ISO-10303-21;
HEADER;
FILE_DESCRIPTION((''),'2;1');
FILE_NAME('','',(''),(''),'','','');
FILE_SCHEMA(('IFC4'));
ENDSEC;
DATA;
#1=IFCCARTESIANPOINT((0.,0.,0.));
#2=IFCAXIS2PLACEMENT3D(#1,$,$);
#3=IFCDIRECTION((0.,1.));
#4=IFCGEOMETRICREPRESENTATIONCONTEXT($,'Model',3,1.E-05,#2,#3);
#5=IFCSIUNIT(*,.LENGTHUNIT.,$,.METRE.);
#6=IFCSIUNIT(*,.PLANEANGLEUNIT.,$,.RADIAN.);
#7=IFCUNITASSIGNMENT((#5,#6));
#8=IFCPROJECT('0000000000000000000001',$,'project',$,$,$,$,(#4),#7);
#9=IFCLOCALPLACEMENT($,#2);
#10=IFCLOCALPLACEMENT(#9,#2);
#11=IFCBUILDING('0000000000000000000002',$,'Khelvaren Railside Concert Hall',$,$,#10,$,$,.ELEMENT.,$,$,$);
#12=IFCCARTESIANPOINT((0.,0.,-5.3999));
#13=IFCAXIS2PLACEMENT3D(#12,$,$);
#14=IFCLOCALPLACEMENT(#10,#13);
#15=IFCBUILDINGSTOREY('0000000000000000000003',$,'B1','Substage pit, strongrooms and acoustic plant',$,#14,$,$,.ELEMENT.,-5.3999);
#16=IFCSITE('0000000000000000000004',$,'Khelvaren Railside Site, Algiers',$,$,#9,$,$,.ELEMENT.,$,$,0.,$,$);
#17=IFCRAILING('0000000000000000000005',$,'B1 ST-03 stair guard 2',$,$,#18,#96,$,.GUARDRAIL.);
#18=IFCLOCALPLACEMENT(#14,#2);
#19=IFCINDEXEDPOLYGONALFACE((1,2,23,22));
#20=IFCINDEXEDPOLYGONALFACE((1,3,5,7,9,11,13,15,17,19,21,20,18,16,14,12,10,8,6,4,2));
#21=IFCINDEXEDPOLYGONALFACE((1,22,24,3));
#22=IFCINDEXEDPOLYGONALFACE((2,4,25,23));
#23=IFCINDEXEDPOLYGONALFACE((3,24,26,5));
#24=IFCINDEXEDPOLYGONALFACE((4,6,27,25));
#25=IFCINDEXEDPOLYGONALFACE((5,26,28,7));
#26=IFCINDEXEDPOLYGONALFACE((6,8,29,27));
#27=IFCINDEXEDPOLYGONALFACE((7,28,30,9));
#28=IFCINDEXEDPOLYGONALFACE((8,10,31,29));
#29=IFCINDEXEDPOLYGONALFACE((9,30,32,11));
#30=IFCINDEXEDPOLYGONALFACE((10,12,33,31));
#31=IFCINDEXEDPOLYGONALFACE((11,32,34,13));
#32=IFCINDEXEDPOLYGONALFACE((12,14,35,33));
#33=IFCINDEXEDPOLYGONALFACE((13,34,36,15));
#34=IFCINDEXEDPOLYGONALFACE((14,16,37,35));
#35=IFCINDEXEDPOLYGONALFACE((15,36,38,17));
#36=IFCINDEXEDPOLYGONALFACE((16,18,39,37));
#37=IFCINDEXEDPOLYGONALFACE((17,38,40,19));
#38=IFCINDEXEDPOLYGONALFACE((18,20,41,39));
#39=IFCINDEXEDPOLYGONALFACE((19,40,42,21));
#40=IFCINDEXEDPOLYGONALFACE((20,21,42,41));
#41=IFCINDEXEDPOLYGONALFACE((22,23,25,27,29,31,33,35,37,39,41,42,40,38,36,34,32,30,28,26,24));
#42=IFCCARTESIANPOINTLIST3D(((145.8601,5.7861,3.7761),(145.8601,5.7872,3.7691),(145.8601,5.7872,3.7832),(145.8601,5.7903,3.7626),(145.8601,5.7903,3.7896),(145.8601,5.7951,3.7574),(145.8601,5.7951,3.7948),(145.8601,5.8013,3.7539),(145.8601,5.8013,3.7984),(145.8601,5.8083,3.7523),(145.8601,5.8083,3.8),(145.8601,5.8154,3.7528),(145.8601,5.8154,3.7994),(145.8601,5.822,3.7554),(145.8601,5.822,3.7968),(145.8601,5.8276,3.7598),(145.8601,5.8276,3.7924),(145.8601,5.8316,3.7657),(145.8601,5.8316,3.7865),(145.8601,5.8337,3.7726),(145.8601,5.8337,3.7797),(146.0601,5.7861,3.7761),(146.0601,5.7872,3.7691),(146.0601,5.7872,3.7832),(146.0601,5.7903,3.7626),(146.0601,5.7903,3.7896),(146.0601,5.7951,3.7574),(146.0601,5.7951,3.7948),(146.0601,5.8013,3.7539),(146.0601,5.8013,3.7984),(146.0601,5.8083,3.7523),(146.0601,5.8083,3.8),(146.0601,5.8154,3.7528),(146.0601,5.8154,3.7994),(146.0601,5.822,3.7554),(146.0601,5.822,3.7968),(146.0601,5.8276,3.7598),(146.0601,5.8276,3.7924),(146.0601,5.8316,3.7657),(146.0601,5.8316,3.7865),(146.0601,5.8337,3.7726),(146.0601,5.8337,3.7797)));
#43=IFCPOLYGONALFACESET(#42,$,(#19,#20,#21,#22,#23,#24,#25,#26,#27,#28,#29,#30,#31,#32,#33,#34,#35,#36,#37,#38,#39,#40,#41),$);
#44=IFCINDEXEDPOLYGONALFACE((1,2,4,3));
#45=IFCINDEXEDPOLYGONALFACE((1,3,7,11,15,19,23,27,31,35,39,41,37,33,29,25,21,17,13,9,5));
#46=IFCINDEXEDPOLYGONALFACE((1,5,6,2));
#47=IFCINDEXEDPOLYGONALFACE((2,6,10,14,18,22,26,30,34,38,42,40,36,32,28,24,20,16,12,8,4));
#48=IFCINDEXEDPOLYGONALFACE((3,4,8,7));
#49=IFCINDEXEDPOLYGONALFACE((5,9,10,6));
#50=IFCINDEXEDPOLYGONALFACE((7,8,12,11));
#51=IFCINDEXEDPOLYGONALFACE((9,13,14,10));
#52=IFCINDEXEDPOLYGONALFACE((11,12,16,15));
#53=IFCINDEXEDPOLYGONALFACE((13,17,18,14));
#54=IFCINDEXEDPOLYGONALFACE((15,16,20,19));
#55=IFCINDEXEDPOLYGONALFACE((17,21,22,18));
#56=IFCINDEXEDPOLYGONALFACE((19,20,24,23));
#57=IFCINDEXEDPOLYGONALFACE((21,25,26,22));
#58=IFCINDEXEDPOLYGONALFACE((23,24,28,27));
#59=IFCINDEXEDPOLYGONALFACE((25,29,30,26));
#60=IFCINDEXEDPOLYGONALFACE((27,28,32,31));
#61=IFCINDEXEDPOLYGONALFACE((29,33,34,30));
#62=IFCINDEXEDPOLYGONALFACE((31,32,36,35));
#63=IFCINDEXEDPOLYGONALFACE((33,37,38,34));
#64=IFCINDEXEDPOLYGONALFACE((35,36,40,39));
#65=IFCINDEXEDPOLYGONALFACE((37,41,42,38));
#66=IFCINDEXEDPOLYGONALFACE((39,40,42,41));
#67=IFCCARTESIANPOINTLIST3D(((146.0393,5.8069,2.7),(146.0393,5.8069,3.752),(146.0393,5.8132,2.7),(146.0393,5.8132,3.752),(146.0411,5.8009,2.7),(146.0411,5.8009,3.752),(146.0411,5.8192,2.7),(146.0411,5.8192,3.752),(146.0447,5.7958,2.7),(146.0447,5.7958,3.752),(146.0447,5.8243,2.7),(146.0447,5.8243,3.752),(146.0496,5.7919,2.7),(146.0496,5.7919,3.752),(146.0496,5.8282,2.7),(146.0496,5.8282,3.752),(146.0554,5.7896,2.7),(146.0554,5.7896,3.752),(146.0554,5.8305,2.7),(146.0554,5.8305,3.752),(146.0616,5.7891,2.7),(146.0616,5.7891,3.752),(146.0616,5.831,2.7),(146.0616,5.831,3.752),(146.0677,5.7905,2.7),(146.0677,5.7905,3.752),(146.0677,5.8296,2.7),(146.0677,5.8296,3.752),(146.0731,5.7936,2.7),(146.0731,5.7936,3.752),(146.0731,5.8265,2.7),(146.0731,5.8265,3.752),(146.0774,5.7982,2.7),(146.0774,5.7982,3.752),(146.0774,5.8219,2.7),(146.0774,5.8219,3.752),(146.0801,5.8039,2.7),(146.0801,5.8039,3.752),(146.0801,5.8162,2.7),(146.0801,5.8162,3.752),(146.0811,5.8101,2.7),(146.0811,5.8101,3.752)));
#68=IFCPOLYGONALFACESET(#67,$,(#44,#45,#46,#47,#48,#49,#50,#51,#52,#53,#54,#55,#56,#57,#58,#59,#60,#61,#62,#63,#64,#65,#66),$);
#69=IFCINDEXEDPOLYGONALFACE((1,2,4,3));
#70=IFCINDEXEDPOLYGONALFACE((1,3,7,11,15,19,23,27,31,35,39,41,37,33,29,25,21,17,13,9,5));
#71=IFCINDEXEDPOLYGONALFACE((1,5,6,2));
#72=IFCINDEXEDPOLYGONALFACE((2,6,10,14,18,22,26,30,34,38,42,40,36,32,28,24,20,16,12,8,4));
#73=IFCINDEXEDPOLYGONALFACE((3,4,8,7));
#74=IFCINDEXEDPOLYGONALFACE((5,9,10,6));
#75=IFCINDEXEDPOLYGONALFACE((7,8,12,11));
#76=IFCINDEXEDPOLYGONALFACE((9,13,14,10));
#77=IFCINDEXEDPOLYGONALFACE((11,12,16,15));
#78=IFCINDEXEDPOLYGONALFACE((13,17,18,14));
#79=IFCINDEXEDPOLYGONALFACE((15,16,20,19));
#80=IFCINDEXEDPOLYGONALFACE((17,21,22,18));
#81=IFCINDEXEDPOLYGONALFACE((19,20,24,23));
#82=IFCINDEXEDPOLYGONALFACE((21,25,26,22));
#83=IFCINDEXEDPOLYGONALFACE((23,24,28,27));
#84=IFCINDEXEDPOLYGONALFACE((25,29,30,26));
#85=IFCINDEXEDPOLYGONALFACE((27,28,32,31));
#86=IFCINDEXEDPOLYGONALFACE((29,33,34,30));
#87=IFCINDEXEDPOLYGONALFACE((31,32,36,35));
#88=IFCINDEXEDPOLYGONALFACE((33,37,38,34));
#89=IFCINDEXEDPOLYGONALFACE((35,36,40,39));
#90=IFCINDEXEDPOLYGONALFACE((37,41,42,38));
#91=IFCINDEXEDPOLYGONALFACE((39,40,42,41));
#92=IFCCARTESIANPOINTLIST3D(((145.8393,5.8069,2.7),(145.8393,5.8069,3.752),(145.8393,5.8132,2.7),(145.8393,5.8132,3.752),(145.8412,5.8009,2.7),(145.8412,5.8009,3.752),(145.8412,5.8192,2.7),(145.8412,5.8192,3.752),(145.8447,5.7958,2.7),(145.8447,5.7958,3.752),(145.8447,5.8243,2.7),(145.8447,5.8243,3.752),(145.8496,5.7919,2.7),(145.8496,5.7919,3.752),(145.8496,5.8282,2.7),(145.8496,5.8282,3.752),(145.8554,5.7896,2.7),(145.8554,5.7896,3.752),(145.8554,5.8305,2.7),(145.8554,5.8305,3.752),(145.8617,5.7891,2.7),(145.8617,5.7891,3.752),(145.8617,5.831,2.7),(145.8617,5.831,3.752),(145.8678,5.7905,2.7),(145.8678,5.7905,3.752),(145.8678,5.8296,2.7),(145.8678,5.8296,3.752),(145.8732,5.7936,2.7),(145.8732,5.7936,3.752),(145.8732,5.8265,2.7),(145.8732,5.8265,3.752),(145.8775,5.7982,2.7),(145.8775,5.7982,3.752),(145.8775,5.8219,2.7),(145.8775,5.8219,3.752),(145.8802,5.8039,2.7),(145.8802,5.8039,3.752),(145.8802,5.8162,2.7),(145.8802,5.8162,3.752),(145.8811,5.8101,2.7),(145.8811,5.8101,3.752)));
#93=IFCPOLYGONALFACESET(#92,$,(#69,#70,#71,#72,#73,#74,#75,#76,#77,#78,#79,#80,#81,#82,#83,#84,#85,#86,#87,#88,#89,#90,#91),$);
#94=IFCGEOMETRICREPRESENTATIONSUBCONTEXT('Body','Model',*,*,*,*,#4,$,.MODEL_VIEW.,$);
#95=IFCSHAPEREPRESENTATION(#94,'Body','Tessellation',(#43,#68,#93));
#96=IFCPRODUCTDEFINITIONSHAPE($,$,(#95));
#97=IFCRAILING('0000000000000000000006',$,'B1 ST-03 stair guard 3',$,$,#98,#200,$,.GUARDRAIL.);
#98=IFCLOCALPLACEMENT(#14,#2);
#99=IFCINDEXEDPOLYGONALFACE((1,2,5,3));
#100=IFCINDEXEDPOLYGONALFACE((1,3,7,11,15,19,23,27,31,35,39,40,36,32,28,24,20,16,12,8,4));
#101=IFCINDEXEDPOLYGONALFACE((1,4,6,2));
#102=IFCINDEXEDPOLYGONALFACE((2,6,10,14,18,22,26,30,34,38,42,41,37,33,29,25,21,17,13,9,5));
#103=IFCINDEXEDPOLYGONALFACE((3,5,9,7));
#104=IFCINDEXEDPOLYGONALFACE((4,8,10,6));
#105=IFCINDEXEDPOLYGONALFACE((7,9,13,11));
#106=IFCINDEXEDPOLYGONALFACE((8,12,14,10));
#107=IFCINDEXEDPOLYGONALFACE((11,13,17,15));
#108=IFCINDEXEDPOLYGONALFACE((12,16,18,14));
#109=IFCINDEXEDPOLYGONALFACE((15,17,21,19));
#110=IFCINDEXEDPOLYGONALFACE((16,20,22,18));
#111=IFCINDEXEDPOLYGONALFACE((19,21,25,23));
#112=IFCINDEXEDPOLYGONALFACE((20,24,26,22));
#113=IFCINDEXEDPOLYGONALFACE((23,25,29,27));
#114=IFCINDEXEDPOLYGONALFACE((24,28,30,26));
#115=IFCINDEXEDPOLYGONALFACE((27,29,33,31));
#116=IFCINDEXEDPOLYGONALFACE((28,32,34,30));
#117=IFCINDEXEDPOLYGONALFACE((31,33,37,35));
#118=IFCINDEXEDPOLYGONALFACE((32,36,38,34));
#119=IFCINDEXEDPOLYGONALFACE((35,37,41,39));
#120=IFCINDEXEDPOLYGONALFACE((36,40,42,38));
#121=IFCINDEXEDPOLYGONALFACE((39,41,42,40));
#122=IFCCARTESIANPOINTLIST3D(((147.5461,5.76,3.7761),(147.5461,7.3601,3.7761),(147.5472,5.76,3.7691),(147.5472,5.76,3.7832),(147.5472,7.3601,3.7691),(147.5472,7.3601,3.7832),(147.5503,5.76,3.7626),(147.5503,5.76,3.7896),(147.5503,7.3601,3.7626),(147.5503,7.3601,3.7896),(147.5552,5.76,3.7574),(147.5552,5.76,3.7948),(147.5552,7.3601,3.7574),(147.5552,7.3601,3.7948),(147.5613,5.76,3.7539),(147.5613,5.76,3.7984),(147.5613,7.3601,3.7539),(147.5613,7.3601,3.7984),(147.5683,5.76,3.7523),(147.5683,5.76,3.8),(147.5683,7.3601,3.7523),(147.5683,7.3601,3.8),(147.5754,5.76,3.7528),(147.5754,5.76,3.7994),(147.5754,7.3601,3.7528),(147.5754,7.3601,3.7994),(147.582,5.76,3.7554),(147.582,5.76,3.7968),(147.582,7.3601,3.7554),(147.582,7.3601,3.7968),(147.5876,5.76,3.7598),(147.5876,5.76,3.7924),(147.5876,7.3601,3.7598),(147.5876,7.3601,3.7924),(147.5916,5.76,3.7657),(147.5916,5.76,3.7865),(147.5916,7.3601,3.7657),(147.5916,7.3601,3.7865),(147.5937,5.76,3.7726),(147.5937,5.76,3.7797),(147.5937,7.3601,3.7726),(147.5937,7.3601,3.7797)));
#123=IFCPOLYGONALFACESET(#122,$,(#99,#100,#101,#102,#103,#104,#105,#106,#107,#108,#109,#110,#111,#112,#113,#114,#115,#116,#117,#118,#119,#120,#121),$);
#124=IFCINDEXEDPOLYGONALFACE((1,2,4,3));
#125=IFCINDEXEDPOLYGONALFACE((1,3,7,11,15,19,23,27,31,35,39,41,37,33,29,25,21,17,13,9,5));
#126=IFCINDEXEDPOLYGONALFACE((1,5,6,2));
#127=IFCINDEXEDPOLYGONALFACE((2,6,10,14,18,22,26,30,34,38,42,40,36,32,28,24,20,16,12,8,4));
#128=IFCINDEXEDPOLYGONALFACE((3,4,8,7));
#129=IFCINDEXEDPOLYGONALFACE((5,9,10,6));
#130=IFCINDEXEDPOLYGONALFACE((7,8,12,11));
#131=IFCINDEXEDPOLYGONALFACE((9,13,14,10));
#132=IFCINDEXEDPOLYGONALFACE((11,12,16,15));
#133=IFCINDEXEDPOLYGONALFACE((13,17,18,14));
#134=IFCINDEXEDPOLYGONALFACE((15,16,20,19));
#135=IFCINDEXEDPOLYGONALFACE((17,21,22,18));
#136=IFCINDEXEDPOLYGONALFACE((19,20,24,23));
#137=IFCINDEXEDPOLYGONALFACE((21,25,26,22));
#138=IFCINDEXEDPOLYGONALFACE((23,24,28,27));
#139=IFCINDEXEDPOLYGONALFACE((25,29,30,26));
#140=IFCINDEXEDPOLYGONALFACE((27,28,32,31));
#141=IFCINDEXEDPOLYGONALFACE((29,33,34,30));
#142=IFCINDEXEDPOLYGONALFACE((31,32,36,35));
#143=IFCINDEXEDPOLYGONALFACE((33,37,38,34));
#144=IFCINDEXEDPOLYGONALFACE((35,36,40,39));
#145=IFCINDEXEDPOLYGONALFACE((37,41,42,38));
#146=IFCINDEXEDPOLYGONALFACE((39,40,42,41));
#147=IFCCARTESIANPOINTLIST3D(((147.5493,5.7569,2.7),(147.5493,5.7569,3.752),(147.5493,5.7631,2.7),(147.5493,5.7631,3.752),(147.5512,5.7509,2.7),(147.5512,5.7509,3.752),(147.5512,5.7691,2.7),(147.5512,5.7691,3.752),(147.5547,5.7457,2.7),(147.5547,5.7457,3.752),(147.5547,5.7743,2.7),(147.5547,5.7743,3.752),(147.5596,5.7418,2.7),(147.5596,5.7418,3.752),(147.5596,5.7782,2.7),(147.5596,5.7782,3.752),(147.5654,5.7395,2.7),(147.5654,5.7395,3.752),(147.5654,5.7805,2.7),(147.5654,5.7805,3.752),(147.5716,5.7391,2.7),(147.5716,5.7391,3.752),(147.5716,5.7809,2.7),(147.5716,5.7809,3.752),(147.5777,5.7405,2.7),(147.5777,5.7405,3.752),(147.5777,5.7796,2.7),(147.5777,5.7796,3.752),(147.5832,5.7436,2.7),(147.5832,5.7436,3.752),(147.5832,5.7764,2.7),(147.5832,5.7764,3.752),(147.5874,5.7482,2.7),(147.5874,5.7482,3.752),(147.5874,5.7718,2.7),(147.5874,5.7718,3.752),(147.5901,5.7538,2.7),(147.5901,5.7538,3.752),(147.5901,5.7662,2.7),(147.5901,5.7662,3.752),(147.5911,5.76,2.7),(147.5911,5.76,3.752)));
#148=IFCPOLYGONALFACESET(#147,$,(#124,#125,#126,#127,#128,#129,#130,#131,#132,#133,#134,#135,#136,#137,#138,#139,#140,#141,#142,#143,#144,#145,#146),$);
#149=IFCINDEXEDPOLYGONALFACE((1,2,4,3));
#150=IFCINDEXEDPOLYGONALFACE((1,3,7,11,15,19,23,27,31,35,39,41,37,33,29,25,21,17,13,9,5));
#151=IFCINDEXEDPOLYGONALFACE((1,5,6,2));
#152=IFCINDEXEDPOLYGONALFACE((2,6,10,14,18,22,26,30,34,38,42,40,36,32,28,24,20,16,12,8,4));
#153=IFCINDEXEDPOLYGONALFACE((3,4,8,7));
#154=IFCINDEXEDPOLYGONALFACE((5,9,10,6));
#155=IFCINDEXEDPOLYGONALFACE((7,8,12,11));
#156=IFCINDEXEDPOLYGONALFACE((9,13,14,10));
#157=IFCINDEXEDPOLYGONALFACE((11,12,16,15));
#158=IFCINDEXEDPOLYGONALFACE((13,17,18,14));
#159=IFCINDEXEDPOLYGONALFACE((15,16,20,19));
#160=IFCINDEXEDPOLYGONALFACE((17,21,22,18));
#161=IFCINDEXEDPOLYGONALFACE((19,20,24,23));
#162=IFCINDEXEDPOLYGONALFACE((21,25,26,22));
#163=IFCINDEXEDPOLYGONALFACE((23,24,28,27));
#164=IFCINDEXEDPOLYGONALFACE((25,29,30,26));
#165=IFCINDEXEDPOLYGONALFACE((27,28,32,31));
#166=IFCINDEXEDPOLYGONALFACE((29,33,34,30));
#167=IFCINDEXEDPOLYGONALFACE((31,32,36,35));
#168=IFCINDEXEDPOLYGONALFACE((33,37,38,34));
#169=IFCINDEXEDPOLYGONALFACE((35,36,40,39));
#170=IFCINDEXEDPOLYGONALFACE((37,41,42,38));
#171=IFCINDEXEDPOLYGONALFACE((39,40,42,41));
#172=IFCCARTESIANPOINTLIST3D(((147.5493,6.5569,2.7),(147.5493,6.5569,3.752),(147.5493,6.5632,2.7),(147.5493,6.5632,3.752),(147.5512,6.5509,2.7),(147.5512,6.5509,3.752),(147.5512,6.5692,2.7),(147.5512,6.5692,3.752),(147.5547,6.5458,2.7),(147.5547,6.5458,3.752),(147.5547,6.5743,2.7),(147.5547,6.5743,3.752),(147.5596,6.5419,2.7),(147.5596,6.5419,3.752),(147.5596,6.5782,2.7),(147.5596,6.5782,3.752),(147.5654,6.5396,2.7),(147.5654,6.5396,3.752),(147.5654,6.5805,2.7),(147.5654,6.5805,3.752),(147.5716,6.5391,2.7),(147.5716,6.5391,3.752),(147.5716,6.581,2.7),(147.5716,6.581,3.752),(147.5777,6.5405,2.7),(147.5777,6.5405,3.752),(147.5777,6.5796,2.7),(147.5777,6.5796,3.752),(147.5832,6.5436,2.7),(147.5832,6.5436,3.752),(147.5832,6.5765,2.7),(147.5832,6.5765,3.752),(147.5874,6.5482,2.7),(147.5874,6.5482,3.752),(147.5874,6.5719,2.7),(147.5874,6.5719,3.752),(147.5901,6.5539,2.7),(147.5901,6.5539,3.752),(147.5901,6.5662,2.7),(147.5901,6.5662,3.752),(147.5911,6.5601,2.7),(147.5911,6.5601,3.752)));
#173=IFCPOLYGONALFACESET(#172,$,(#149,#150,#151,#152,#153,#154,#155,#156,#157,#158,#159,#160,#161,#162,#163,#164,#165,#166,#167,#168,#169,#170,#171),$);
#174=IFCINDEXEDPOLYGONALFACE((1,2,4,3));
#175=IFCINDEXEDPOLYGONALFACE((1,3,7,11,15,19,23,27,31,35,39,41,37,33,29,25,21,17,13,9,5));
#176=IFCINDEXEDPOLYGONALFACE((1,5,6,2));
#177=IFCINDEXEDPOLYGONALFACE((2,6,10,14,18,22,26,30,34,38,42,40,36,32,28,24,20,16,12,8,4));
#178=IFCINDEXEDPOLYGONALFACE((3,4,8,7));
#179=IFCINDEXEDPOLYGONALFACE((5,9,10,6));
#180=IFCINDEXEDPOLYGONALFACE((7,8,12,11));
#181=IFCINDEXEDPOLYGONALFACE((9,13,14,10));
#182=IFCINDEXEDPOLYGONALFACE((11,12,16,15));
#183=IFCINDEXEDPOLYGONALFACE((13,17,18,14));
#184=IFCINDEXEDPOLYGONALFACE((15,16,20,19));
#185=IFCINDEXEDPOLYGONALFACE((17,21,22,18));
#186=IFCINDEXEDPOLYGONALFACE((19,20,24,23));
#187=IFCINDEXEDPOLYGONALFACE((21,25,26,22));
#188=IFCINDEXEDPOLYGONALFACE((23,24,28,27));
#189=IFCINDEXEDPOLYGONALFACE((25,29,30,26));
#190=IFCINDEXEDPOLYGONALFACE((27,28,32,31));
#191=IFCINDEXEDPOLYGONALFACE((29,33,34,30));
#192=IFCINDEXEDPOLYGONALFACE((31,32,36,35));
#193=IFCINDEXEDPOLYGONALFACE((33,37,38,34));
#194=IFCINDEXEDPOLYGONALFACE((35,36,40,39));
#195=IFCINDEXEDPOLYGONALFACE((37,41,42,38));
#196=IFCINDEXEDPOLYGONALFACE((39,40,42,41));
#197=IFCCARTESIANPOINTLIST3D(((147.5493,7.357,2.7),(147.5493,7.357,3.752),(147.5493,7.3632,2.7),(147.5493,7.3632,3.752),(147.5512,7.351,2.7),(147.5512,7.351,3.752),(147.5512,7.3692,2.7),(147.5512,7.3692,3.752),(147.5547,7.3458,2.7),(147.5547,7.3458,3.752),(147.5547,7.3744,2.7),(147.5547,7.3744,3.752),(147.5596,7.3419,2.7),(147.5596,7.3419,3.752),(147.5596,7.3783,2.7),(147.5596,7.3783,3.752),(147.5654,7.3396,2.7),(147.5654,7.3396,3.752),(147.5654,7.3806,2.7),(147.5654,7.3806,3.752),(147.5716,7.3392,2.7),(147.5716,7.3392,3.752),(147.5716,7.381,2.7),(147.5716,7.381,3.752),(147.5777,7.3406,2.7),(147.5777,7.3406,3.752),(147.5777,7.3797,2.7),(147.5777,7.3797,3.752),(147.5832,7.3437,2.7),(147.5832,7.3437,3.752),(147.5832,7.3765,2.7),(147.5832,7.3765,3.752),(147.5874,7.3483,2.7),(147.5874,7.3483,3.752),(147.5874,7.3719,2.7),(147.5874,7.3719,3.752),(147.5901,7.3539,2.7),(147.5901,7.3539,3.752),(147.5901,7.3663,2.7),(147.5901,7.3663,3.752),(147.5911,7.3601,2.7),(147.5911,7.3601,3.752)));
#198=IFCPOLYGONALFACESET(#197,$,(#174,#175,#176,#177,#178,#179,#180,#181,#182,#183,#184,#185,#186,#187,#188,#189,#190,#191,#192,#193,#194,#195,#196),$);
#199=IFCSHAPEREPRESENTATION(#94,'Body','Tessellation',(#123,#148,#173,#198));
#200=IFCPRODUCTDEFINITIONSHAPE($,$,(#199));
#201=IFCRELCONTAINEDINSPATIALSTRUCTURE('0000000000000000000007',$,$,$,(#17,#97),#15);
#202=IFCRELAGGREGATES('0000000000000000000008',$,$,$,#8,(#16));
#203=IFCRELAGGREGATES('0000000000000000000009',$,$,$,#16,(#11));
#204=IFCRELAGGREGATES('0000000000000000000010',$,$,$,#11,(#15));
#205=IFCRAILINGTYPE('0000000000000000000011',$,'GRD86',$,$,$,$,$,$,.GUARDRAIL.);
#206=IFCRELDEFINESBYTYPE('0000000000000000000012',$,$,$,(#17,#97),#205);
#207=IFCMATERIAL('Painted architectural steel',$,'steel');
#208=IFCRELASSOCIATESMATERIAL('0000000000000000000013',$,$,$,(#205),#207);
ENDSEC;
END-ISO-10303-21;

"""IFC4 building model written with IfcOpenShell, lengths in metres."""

from ifc_helpers import new_model, si_unit, direction, frame, origin, origin_2d, place, context, subcontext, project, spatial, circle, extrude, material, type_object, element, save


model = new_model("IFC4")

# Units and contexts
model_context = context("Model", 3, precision=1e-05, world=origin(), true_north=direction((0.0, 1.0)))
body_context = subcontext(model_context, "Body", "Model", "MODEL_VIEW")
ifc_project = project(units=[si_unit("LENGTHUNIT", "METRE"), si_unit("PLANEANGLEUNIT", "RADIAN")], contexts=[model_context])

# Site, building, storey
site_placement = place(None, origin())
site = spatial("IfcSite", under=ifc_project, at=site_placement, Name="Khelvaren Railside Site, Algiers", CompositionType="ELEMENT", RefElevation=0.0)
building_placement = place(site_placement, origin())
building = spatial("IfcBuilding", under=site, at=building_placement, Name="Khelvaren Railside Concert Hall", CompositionType="ELEMENT")
storey_placement = place(building_placement, frame((0.0, 0.0, -5.3999)))
storey = spatial("IfcBuildingStorey", under=building, at=storey_placement, Name="B1", Description="Substage pit, strongrooms and acoustic plant", CompositionType="ELEMENT", Elevation=-5.3999)

# Railings
ifc_material_1 = material(Name="Painted architectural steel", Category="steel")
railing_type_1 = type_object("IfcRailingType", Name="GRD86", PredefinedType="GUARDRAIL", material=ifc_material_1)
railing_1_placement = place(storey_placement, frame((146.0601, 5.8101, 2.7)))
element("IfcRailing", 1, at=railing_1_placement, inside=storey, type_object=railing_type_1, Name="B1 ST-03 stair guard 2", PredefinedType="GUARDRAIL", context=body_context, shape_type="SweptSolid", body=[
    extrude(circle(Radius=0.0239, at=origin_2d()), frame((0.0, 0.0, 1.0762), z_axis=(-1.0, 0.0, 0.0), x_axis=(0.0, -1.0, 0.0)), (0.0, 0.0, 1.0), 0.2),
    extrude(circle(Radius=0.021, at=origin_2d()), origin(), (0.0, 0.0, 1.0), 1.052),
    extrude(circle(Radius=0.021, at=origin_2d()), frame((-0.2, 0.0, 0.0)), (0.0, 0.0, 1.0), 1.052),
])
railing_2_placement = place(storey_placement, frame((147.5701, 5.76, 2.7)))
element("IfcRailing", 2, at=railing_2_placement, inside=storey, type_object=railing_type_1, Name="B1 ST-03 stair guard 3", PredefinedType="GUARDRAIL", context=body_context, shape_type="SweptSolid", body=[
    extrude(circle(Radius=0.0239, at=origin_2d()), frame((0.0, 0.0, 1.0762), z_axis=(0.0, 1.0, 0.0), x_axis=(-1.0, 0.0, 0.0)), (0.0, 0.0, 1.0), 1.6001),
    extrude(circle(Radius=0.021, at=origin_2d()), origin(), (0.0, 0.0, 1.0), 1.052),
    extrude(circle(Radius=0.021, at=origin_2d()), frame((0.0, 0.8, 0.0)), (0.0, 0.0, 1.0), 1.052),
    extrude(circle(Radius=0.021, at=origin_2d()), frame((0.0, 1.6001, 0.0)), (0.0, 0.0, 1.0), 1.052),
])

save(model, "model.ifc")
